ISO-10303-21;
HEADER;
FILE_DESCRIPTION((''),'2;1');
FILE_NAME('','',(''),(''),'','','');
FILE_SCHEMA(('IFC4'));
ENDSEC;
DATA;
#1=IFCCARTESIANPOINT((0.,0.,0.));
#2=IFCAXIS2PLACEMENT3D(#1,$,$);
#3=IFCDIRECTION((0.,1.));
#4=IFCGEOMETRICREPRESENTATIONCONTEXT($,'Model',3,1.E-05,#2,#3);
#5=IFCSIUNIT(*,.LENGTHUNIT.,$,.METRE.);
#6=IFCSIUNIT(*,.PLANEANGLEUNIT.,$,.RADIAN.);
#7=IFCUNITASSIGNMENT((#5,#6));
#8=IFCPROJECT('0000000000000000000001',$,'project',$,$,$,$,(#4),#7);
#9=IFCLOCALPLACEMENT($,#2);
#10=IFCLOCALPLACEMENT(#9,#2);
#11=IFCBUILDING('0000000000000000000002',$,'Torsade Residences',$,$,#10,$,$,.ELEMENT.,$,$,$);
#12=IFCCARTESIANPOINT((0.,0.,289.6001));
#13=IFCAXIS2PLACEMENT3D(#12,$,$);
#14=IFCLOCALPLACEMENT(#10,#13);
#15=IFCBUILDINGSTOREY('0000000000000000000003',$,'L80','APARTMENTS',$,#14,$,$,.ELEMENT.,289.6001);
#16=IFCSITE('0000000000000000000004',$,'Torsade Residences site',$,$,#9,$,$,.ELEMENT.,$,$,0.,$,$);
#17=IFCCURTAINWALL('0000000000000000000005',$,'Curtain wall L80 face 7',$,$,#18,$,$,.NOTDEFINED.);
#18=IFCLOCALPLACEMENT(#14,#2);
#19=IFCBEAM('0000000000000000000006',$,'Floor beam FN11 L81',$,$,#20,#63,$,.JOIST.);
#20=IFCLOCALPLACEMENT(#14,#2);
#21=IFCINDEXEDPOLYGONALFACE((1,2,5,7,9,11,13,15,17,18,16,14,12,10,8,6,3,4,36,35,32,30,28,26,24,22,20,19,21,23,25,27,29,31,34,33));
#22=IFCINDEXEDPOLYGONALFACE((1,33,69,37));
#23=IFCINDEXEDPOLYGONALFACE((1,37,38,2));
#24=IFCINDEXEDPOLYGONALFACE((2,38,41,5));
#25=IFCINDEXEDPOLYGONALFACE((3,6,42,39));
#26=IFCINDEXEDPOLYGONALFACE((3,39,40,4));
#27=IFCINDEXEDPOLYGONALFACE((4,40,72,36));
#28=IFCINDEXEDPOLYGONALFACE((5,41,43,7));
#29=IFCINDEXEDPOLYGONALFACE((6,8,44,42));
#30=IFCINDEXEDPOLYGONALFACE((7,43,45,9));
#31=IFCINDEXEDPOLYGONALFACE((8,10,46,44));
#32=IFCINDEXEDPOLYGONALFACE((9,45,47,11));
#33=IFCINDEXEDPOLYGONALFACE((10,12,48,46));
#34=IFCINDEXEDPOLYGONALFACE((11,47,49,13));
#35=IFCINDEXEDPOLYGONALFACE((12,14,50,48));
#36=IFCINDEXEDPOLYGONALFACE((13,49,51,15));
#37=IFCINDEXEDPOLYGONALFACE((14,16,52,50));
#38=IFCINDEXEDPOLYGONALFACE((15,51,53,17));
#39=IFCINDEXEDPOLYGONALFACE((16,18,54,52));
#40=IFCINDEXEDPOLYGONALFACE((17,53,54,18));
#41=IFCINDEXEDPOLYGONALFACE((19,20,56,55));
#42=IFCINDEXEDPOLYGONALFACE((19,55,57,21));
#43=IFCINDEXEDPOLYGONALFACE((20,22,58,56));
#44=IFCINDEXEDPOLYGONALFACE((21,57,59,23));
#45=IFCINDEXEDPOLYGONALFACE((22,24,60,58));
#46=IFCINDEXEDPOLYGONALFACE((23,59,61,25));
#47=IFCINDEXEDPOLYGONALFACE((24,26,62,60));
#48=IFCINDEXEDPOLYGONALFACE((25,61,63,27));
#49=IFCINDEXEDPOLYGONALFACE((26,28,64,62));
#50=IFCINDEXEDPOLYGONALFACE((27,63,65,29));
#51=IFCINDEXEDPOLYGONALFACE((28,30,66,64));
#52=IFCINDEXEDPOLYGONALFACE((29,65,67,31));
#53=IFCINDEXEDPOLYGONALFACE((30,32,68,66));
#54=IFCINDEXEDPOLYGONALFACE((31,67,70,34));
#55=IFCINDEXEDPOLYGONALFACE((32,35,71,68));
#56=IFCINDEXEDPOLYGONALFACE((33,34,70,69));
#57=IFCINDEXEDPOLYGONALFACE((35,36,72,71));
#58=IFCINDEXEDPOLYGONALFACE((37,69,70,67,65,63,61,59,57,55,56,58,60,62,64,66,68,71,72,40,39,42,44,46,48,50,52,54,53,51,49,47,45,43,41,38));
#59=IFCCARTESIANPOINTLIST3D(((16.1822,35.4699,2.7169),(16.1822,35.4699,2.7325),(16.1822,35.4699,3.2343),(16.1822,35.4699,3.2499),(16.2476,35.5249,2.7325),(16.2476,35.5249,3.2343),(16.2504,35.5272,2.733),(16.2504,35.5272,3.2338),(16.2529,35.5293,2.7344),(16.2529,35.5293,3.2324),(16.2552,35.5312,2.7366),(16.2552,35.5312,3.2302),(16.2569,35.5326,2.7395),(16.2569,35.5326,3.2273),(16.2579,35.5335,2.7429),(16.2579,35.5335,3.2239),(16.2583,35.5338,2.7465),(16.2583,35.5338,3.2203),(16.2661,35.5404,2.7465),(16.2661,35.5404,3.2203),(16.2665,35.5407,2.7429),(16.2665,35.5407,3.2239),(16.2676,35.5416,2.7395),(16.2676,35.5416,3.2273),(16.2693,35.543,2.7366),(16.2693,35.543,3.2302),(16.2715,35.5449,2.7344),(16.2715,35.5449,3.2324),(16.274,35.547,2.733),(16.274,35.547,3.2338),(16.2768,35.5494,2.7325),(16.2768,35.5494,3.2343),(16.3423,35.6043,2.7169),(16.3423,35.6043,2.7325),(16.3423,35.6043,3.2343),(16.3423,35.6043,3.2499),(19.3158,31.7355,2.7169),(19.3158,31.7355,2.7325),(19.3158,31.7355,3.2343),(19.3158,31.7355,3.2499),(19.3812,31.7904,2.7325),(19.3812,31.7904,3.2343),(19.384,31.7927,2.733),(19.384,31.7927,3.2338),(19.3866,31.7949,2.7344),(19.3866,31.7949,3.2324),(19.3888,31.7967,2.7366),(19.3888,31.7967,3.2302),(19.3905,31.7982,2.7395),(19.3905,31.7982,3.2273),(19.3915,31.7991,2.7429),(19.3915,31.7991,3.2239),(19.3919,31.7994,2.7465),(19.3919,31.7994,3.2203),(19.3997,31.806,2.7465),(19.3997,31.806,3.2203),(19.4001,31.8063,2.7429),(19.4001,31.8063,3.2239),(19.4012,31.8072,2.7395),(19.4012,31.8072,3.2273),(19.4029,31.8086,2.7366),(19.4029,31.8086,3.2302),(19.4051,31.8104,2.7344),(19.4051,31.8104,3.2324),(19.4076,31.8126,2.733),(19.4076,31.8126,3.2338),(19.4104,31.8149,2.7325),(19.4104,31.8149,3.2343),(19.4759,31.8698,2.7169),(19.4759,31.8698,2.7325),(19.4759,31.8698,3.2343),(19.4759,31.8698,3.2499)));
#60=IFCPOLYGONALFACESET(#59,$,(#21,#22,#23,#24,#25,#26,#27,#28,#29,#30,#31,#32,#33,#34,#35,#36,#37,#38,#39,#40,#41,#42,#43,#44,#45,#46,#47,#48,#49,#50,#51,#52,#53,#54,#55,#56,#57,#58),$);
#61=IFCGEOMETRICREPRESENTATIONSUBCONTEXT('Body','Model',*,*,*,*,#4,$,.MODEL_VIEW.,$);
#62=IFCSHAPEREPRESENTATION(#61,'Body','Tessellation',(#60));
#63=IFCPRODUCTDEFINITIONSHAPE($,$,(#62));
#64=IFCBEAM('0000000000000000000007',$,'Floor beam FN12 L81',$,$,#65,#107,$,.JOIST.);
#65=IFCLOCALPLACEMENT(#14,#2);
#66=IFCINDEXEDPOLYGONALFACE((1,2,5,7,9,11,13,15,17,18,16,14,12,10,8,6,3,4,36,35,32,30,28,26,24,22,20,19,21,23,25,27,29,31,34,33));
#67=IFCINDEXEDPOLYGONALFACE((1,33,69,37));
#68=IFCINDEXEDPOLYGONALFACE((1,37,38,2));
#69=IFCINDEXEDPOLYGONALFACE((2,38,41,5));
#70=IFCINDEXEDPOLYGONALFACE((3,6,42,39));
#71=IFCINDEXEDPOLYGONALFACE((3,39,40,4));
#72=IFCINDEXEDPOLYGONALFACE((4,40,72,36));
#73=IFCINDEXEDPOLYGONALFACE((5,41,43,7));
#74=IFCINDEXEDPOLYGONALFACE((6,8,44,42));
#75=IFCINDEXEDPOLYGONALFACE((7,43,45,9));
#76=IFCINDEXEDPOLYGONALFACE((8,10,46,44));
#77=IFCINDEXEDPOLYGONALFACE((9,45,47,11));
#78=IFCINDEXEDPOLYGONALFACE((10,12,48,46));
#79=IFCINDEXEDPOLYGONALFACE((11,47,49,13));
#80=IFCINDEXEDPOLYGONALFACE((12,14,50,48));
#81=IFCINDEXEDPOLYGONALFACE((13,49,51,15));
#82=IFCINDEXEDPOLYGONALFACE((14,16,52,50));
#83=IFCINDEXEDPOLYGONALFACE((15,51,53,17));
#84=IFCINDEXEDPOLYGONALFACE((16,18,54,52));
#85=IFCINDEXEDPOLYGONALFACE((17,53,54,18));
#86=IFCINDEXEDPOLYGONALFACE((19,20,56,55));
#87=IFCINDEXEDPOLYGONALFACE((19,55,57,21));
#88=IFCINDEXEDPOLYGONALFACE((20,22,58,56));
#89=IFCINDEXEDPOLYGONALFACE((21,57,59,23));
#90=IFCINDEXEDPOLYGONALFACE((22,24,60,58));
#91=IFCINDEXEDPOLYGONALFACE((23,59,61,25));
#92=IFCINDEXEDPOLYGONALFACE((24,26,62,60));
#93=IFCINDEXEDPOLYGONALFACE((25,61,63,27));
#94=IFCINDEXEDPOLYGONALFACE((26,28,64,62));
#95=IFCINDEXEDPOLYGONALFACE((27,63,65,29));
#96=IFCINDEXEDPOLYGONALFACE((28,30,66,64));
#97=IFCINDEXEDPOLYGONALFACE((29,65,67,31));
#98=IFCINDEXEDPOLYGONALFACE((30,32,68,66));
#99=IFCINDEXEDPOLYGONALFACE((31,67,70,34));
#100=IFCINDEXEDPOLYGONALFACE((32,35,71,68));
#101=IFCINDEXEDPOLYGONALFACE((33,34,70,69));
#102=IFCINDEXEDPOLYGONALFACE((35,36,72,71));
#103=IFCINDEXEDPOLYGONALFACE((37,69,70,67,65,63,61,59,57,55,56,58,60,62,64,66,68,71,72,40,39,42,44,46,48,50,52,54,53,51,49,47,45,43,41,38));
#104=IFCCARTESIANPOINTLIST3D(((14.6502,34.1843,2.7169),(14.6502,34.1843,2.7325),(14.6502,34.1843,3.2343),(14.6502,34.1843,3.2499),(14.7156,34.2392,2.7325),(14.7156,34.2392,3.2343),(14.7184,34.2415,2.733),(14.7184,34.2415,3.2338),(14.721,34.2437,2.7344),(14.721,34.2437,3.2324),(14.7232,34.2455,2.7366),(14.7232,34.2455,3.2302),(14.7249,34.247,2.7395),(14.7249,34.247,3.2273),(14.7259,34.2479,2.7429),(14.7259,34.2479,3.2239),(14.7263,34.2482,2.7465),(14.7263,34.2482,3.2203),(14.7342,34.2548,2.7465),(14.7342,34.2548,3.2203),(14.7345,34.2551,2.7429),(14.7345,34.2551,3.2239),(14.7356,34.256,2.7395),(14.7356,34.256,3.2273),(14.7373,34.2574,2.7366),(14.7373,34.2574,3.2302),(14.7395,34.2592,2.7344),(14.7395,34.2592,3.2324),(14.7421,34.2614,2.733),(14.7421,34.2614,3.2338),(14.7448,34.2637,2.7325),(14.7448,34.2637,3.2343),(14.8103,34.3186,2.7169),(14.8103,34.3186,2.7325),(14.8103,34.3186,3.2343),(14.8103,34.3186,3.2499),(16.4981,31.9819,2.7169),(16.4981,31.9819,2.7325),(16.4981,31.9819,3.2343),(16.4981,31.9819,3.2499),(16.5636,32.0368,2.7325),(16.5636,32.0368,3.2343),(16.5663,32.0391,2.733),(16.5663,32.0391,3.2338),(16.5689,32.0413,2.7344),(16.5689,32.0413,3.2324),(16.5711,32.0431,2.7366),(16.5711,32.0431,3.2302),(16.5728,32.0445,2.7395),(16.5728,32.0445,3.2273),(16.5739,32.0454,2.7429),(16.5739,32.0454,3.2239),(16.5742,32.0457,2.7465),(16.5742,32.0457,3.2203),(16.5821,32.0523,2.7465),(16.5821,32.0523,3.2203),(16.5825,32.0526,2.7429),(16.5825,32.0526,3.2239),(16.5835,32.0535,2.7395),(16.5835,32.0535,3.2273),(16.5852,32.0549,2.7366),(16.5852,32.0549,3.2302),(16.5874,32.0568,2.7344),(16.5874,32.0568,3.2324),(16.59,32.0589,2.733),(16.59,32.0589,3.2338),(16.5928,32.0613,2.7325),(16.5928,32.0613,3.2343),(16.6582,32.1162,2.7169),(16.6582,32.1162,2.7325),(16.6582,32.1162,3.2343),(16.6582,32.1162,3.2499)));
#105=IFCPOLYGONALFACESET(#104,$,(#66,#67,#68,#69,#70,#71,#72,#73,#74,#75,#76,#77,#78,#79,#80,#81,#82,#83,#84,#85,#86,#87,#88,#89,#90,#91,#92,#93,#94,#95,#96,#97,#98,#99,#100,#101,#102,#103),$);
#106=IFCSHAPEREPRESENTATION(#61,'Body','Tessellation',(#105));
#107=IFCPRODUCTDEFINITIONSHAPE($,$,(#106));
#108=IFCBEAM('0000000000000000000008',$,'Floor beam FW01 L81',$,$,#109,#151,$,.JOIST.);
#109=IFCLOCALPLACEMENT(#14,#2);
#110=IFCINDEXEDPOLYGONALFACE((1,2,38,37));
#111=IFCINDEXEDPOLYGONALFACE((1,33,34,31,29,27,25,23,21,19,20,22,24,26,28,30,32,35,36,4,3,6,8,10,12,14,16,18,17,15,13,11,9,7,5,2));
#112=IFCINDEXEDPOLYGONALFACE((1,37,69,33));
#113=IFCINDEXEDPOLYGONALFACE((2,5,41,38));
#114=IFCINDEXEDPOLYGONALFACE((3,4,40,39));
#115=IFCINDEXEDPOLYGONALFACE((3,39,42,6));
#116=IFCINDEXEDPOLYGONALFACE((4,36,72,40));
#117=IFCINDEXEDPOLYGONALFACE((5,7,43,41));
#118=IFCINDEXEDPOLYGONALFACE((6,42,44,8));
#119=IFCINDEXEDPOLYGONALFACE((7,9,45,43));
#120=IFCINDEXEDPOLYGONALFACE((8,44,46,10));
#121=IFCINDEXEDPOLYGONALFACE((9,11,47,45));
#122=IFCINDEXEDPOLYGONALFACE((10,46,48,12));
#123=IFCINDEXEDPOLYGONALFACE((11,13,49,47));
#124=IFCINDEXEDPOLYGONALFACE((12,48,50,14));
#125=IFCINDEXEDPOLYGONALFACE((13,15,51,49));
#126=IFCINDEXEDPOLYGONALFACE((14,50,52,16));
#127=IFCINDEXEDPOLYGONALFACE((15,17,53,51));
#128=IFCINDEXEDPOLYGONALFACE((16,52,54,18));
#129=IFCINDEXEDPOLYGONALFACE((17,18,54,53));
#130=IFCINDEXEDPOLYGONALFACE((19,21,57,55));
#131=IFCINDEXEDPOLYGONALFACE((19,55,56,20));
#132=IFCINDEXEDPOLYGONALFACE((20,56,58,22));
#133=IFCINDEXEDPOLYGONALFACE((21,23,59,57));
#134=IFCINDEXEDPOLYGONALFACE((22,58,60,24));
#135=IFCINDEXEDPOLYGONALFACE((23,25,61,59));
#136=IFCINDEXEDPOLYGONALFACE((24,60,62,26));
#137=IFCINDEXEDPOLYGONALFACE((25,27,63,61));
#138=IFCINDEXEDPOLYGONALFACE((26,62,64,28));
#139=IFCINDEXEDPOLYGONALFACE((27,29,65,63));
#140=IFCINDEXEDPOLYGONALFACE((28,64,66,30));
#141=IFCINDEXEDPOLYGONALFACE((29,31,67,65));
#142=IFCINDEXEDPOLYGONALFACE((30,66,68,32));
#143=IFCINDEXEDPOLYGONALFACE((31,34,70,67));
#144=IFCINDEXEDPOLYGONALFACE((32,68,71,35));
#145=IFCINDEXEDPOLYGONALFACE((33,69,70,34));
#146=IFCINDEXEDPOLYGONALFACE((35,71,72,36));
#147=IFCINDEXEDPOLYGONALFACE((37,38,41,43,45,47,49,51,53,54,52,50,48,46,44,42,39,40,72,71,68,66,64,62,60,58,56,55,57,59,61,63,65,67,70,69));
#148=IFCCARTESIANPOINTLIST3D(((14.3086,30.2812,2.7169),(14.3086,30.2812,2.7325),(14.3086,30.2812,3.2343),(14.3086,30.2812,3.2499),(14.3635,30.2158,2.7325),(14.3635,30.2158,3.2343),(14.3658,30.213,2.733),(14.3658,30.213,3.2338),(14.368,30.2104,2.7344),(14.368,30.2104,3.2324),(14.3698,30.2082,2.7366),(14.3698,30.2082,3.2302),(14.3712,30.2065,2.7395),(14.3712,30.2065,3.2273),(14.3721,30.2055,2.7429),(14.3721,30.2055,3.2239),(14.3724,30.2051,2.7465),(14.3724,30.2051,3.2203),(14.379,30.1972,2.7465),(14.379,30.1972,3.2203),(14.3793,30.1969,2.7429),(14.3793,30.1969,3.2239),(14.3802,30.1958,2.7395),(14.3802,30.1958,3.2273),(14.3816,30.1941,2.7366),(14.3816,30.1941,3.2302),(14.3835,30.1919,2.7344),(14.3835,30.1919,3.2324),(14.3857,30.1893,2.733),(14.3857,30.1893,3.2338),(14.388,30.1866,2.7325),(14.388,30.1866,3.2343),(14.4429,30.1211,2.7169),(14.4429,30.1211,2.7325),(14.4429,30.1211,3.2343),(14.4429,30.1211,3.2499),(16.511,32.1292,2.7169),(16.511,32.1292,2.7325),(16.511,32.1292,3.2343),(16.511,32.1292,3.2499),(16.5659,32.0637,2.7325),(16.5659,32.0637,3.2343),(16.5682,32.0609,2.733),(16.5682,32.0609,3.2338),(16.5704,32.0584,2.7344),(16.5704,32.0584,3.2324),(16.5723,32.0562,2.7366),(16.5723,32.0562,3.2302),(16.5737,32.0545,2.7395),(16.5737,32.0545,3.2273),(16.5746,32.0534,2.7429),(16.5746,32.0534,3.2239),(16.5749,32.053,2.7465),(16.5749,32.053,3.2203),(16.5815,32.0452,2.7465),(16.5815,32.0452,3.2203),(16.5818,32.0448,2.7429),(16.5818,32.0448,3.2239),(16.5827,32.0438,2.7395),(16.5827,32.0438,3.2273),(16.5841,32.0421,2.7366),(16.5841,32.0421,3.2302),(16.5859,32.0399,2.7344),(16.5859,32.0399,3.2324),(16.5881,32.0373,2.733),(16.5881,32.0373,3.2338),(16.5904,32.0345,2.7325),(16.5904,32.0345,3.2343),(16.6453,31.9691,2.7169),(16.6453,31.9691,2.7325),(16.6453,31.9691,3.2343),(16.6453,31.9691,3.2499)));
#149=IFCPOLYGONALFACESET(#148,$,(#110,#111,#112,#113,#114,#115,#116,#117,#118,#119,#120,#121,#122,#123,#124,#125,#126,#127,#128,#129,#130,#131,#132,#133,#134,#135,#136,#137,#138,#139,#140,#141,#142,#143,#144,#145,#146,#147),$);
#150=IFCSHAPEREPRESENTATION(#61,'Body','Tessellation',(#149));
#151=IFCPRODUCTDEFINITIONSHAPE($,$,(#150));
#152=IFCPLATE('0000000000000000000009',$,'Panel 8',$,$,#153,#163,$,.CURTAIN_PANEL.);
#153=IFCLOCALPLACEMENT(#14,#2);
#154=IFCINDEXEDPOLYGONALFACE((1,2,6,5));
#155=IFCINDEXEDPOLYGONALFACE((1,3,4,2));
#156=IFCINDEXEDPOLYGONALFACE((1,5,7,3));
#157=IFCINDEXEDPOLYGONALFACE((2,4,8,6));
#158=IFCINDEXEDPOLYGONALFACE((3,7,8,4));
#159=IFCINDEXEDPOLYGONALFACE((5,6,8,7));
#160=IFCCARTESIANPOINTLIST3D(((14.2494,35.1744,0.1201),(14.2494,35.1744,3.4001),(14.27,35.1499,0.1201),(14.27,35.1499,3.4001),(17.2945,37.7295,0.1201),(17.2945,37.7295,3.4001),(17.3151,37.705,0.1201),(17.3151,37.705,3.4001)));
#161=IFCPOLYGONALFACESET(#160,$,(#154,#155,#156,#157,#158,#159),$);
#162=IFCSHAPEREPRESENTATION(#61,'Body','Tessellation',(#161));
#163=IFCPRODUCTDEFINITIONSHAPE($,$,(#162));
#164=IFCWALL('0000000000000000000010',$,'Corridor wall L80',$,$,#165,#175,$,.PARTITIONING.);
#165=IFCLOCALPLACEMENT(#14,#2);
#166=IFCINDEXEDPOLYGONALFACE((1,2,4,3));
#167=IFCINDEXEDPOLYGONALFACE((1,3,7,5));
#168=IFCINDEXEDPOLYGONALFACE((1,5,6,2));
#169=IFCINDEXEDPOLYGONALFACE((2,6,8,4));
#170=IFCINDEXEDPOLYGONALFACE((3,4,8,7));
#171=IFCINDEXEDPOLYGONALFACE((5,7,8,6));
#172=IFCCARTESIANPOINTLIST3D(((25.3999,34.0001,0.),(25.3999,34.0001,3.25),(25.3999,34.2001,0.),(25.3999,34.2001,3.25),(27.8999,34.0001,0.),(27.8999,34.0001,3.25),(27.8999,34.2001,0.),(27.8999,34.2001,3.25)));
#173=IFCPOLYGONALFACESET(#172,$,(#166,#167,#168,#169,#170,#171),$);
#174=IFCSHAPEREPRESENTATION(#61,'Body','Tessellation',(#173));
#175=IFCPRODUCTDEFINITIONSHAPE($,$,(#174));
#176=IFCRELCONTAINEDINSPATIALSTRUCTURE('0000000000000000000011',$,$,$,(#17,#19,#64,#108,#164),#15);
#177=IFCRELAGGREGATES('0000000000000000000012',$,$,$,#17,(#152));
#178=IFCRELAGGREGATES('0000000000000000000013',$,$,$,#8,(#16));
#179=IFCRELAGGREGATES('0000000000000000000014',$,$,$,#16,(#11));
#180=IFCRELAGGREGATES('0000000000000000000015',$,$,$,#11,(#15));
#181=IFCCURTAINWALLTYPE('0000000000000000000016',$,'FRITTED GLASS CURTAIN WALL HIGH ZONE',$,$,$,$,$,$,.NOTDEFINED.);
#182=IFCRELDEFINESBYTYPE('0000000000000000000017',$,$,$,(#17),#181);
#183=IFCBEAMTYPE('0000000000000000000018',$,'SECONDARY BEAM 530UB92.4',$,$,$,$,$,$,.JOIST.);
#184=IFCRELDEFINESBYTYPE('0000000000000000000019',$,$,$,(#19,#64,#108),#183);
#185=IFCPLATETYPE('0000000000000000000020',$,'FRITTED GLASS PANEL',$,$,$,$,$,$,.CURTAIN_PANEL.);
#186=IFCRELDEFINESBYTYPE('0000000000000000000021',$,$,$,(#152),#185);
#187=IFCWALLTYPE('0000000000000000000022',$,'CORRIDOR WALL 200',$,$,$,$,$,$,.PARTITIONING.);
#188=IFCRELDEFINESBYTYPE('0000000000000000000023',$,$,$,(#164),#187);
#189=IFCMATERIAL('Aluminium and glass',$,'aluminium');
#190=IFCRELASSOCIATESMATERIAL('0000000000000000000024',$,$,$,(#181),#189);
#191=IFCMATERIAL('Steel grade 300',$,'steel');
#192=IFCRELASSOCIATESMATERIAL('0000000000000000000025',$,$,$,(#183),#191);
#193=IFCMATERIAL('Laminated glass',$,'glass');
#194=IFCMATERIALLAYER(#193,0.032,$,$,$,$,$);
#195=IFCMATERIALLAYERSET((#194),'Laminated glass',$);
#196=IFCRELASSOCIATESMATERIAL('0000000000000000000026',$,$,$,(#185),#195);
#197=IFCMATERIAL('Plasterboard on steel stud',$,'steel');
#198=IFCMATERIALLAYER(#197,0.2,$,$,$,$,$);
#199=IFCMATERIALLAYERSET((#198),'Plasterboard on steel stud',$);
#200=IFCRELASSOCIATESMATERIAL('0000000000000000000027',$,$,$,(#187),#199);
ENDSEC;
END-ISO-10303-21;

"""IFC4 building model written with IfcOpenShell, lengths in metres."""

from ifc_helpers import new_model, si_unit, direction, frame, frame_2d, origin, origin_2d, place, context, subcontext, project, spatial, rectangle, i_section, extrude, material, layer, layer_set, material_profile, profile_set, type_object, element, aggregate, save


model = new_model("IFC4")

# Units and contexts
model_context = context("Model", 3, precision=1e-05, world=origin(), true_north=direction((0.0, 1.0)))
body_context = subcontext(model_context, "Body", "Model", "MODEL_VIEW")
ifc_project = project(units=[si_unit("LENGTHUNIT", "METRE"), si_unit("PLANEANGLEUNIT", "RADIAN")], contexts=[model_context])

# Site, building, storey
site_placement = place(None, origin())
site = spatial("IfcSite", under=ifc_project, at=site_placement, Name="Torsade Residences site", CompositionType="ELEMENT", RefElevation=0.0)
building_placement = place(site_placement, origin())
building = spatial("IfcBuilding", under=site, at=building_placement, Name="Torsade Residences", CompositionType="ELEMENT")
storey_placement = place(building_placement, frame((0.0, 0.0, 289.6001)))
storey = spatial("IfcBuildingStorey", under=building, at=storey_placement, Name="L80", Description="APARTMENTS", CompositionType="ELEMENT", Elevation=289.6001)

# Curtain wall
ifc_material_1 = material(Name="Aluminium and glass", Category="aluminium")
curtain_wall_type = type_object("IfcCurtainWallType", Name="FRITTED GLASS CURTAIN WALL HIGH ZONE", PredefinedType="NOTDEFINED", material=ifc_material_1)
curtain_wall_1_placement = place(storey_placement, origin())
curtain_wall_1 = element("IfcCurtainWall", 1, at=curtain_wall_1_placement, inside=storey, type_object=curtain_wall_type, Name="Curtain wall L80 face 7", PredefinedType="NOTDEFINED")

# Beams
ifc_material_2 = material(Name="Steel grade 300", Category="steel")
ifc_material_profile_1 = material_profile(ifc_material_2, i_section(OverallWidth=0.209, OverallDepth=0.533, WebThickness=0.0103, FlangeThickness=0.0156, FilletRadius=0.0139, at=origin_2d()), Name="530UB92.4")
ifc_profile_set_1 = profile_set([ifc_material_profile_1], Name="Steel grade 300")
beam_type_1 = type_object("IfcBeamType", Name="SECONDARY BEAM 530UB92.4", PredefinedType="JOIST", material=ifc_profile_set_1)
beam_1_placement = place(storey_placement, frame((16.2622, 35.5371, 2.9834), z_axis=(0.642791, -0.766041, 0.0), x_axis=(0.766041, 0.642791, 0.0)))
element("IfcBeam", 2, at=beam_1_placement, inside=storey, type_object=beam_type_1, Name="Floor beam FN11 L81", PredefinedType="JOIST", context=body_context, shape_type="SweptSolid", body=[
    extrude(i_section(OverallWidth=0.209, OverallDepth=0.533, WebThickness=0.0103, FlangeThickness=0.0156, FilletRadius=0.0139, at=origin_2d()), origin(), (0.0, 0.0, 1.0), 4.875),
])
for number, where, z_axis, x_axis, name in (
    (3, (14.7302, 34.2515, 2.9834), (0.642762, -0.766066, 0.0), (0.766066, 0.642762, 0.0), "Floor beam FN12 L81"),
    (4, (14.3757, 30.2012, 2.9834), (0.766066, 0.642762, 0.0), (-0.642762, 0.766066, 0.0), "Floor beam FW01 L81"),
):
    element("IfcBeam", number, at=place(storey_placement, frame(where, z_axis=z_axis, x_axis=x_axis)), inside=storey, type_object=beam_type_1, Name=name, PredefinedType="JOIST", context=body_context, shape_type="SweptSolid", body=[
        extrude(i_section(OverallWidth=0.209, OverallDepth=0.533, WebThickness=0.0103, FlangeThickness=0.0156, FilletRadius=0.0139, at=origin_2d()), origin(), (0.0, 0.0, 1.0), 2.875),
    ])

# Plate
ifc_material_3 = material(Name="Laminated glass", Category="glass")
ifc_layer_1 = layer(ifc_material_3, 0.032)
ifc_layer_set_1 = layer_set([ifc_layer_1], Name="Laminated glass")
plate_type = type_object("IfcPlateType", Name="FRITTED GLASS PANEL", PredefinedType="CURTAIN_PANEL", material=ifc_layer_set_1)
plate_placement = place(storey_placement, frame((15.7822, 36.4397, 0.1201), z_axis=(0.0, 0.0, 1.0), x_axis=(-0.766044, -0.642788, 0.0)))
plate = element("IfcPlate", 5, at=plate_placement, type_object=plate_type, Name="Panel 8", PredefinedType="CURTAIN_PANEL", context=body_context, shape_type="SweptSolid", body=[
    extrude(rectangle(XDim=3.9751, YDim=0.032, at=origin_2d()), origin(), (0.0, 0.0, 1.0), 3.28),
])
aggregate(curtain_wall_1, [plate])

# Wall
ifc_material_4 = material(Name="Plasterboard on steel stud", Category="steel")
ifc_layer_2 = layer(ifc_material_4, 0.2)
ifc_layer_set_2 = layer_set([ifc_layer_2], Name="Plasterboard on steel stud")
wall_type_1 = type_object("IfcWallType", Name="CORRIDOR WALL 200", PredefinedType="PARTITIONING", material=ifc_layer_set_2)
wall_1_placement = place(storey_placement, frame((27.8999, 34.1001, 0.0), z_axis=(0.0, 0.0, 1.0), x_axis=(-1.0, 0.0, 0.0)))
element("IfcWall", 6, at=wall_1_placement, inside=storey, type_object=wall_type_1, Name="Corridor wall L80", PredefinedType="PARTITIONING", context=body_context, shape_type="SweptSolid", body=[
    extrude(rectangle(XDim=2.5, YDim=0.2, at=frame_2d((1.25, 0.0))), origin(), (0.0, 0.0, 1.0), 3.25),
])

save(model, "model.ifc")
